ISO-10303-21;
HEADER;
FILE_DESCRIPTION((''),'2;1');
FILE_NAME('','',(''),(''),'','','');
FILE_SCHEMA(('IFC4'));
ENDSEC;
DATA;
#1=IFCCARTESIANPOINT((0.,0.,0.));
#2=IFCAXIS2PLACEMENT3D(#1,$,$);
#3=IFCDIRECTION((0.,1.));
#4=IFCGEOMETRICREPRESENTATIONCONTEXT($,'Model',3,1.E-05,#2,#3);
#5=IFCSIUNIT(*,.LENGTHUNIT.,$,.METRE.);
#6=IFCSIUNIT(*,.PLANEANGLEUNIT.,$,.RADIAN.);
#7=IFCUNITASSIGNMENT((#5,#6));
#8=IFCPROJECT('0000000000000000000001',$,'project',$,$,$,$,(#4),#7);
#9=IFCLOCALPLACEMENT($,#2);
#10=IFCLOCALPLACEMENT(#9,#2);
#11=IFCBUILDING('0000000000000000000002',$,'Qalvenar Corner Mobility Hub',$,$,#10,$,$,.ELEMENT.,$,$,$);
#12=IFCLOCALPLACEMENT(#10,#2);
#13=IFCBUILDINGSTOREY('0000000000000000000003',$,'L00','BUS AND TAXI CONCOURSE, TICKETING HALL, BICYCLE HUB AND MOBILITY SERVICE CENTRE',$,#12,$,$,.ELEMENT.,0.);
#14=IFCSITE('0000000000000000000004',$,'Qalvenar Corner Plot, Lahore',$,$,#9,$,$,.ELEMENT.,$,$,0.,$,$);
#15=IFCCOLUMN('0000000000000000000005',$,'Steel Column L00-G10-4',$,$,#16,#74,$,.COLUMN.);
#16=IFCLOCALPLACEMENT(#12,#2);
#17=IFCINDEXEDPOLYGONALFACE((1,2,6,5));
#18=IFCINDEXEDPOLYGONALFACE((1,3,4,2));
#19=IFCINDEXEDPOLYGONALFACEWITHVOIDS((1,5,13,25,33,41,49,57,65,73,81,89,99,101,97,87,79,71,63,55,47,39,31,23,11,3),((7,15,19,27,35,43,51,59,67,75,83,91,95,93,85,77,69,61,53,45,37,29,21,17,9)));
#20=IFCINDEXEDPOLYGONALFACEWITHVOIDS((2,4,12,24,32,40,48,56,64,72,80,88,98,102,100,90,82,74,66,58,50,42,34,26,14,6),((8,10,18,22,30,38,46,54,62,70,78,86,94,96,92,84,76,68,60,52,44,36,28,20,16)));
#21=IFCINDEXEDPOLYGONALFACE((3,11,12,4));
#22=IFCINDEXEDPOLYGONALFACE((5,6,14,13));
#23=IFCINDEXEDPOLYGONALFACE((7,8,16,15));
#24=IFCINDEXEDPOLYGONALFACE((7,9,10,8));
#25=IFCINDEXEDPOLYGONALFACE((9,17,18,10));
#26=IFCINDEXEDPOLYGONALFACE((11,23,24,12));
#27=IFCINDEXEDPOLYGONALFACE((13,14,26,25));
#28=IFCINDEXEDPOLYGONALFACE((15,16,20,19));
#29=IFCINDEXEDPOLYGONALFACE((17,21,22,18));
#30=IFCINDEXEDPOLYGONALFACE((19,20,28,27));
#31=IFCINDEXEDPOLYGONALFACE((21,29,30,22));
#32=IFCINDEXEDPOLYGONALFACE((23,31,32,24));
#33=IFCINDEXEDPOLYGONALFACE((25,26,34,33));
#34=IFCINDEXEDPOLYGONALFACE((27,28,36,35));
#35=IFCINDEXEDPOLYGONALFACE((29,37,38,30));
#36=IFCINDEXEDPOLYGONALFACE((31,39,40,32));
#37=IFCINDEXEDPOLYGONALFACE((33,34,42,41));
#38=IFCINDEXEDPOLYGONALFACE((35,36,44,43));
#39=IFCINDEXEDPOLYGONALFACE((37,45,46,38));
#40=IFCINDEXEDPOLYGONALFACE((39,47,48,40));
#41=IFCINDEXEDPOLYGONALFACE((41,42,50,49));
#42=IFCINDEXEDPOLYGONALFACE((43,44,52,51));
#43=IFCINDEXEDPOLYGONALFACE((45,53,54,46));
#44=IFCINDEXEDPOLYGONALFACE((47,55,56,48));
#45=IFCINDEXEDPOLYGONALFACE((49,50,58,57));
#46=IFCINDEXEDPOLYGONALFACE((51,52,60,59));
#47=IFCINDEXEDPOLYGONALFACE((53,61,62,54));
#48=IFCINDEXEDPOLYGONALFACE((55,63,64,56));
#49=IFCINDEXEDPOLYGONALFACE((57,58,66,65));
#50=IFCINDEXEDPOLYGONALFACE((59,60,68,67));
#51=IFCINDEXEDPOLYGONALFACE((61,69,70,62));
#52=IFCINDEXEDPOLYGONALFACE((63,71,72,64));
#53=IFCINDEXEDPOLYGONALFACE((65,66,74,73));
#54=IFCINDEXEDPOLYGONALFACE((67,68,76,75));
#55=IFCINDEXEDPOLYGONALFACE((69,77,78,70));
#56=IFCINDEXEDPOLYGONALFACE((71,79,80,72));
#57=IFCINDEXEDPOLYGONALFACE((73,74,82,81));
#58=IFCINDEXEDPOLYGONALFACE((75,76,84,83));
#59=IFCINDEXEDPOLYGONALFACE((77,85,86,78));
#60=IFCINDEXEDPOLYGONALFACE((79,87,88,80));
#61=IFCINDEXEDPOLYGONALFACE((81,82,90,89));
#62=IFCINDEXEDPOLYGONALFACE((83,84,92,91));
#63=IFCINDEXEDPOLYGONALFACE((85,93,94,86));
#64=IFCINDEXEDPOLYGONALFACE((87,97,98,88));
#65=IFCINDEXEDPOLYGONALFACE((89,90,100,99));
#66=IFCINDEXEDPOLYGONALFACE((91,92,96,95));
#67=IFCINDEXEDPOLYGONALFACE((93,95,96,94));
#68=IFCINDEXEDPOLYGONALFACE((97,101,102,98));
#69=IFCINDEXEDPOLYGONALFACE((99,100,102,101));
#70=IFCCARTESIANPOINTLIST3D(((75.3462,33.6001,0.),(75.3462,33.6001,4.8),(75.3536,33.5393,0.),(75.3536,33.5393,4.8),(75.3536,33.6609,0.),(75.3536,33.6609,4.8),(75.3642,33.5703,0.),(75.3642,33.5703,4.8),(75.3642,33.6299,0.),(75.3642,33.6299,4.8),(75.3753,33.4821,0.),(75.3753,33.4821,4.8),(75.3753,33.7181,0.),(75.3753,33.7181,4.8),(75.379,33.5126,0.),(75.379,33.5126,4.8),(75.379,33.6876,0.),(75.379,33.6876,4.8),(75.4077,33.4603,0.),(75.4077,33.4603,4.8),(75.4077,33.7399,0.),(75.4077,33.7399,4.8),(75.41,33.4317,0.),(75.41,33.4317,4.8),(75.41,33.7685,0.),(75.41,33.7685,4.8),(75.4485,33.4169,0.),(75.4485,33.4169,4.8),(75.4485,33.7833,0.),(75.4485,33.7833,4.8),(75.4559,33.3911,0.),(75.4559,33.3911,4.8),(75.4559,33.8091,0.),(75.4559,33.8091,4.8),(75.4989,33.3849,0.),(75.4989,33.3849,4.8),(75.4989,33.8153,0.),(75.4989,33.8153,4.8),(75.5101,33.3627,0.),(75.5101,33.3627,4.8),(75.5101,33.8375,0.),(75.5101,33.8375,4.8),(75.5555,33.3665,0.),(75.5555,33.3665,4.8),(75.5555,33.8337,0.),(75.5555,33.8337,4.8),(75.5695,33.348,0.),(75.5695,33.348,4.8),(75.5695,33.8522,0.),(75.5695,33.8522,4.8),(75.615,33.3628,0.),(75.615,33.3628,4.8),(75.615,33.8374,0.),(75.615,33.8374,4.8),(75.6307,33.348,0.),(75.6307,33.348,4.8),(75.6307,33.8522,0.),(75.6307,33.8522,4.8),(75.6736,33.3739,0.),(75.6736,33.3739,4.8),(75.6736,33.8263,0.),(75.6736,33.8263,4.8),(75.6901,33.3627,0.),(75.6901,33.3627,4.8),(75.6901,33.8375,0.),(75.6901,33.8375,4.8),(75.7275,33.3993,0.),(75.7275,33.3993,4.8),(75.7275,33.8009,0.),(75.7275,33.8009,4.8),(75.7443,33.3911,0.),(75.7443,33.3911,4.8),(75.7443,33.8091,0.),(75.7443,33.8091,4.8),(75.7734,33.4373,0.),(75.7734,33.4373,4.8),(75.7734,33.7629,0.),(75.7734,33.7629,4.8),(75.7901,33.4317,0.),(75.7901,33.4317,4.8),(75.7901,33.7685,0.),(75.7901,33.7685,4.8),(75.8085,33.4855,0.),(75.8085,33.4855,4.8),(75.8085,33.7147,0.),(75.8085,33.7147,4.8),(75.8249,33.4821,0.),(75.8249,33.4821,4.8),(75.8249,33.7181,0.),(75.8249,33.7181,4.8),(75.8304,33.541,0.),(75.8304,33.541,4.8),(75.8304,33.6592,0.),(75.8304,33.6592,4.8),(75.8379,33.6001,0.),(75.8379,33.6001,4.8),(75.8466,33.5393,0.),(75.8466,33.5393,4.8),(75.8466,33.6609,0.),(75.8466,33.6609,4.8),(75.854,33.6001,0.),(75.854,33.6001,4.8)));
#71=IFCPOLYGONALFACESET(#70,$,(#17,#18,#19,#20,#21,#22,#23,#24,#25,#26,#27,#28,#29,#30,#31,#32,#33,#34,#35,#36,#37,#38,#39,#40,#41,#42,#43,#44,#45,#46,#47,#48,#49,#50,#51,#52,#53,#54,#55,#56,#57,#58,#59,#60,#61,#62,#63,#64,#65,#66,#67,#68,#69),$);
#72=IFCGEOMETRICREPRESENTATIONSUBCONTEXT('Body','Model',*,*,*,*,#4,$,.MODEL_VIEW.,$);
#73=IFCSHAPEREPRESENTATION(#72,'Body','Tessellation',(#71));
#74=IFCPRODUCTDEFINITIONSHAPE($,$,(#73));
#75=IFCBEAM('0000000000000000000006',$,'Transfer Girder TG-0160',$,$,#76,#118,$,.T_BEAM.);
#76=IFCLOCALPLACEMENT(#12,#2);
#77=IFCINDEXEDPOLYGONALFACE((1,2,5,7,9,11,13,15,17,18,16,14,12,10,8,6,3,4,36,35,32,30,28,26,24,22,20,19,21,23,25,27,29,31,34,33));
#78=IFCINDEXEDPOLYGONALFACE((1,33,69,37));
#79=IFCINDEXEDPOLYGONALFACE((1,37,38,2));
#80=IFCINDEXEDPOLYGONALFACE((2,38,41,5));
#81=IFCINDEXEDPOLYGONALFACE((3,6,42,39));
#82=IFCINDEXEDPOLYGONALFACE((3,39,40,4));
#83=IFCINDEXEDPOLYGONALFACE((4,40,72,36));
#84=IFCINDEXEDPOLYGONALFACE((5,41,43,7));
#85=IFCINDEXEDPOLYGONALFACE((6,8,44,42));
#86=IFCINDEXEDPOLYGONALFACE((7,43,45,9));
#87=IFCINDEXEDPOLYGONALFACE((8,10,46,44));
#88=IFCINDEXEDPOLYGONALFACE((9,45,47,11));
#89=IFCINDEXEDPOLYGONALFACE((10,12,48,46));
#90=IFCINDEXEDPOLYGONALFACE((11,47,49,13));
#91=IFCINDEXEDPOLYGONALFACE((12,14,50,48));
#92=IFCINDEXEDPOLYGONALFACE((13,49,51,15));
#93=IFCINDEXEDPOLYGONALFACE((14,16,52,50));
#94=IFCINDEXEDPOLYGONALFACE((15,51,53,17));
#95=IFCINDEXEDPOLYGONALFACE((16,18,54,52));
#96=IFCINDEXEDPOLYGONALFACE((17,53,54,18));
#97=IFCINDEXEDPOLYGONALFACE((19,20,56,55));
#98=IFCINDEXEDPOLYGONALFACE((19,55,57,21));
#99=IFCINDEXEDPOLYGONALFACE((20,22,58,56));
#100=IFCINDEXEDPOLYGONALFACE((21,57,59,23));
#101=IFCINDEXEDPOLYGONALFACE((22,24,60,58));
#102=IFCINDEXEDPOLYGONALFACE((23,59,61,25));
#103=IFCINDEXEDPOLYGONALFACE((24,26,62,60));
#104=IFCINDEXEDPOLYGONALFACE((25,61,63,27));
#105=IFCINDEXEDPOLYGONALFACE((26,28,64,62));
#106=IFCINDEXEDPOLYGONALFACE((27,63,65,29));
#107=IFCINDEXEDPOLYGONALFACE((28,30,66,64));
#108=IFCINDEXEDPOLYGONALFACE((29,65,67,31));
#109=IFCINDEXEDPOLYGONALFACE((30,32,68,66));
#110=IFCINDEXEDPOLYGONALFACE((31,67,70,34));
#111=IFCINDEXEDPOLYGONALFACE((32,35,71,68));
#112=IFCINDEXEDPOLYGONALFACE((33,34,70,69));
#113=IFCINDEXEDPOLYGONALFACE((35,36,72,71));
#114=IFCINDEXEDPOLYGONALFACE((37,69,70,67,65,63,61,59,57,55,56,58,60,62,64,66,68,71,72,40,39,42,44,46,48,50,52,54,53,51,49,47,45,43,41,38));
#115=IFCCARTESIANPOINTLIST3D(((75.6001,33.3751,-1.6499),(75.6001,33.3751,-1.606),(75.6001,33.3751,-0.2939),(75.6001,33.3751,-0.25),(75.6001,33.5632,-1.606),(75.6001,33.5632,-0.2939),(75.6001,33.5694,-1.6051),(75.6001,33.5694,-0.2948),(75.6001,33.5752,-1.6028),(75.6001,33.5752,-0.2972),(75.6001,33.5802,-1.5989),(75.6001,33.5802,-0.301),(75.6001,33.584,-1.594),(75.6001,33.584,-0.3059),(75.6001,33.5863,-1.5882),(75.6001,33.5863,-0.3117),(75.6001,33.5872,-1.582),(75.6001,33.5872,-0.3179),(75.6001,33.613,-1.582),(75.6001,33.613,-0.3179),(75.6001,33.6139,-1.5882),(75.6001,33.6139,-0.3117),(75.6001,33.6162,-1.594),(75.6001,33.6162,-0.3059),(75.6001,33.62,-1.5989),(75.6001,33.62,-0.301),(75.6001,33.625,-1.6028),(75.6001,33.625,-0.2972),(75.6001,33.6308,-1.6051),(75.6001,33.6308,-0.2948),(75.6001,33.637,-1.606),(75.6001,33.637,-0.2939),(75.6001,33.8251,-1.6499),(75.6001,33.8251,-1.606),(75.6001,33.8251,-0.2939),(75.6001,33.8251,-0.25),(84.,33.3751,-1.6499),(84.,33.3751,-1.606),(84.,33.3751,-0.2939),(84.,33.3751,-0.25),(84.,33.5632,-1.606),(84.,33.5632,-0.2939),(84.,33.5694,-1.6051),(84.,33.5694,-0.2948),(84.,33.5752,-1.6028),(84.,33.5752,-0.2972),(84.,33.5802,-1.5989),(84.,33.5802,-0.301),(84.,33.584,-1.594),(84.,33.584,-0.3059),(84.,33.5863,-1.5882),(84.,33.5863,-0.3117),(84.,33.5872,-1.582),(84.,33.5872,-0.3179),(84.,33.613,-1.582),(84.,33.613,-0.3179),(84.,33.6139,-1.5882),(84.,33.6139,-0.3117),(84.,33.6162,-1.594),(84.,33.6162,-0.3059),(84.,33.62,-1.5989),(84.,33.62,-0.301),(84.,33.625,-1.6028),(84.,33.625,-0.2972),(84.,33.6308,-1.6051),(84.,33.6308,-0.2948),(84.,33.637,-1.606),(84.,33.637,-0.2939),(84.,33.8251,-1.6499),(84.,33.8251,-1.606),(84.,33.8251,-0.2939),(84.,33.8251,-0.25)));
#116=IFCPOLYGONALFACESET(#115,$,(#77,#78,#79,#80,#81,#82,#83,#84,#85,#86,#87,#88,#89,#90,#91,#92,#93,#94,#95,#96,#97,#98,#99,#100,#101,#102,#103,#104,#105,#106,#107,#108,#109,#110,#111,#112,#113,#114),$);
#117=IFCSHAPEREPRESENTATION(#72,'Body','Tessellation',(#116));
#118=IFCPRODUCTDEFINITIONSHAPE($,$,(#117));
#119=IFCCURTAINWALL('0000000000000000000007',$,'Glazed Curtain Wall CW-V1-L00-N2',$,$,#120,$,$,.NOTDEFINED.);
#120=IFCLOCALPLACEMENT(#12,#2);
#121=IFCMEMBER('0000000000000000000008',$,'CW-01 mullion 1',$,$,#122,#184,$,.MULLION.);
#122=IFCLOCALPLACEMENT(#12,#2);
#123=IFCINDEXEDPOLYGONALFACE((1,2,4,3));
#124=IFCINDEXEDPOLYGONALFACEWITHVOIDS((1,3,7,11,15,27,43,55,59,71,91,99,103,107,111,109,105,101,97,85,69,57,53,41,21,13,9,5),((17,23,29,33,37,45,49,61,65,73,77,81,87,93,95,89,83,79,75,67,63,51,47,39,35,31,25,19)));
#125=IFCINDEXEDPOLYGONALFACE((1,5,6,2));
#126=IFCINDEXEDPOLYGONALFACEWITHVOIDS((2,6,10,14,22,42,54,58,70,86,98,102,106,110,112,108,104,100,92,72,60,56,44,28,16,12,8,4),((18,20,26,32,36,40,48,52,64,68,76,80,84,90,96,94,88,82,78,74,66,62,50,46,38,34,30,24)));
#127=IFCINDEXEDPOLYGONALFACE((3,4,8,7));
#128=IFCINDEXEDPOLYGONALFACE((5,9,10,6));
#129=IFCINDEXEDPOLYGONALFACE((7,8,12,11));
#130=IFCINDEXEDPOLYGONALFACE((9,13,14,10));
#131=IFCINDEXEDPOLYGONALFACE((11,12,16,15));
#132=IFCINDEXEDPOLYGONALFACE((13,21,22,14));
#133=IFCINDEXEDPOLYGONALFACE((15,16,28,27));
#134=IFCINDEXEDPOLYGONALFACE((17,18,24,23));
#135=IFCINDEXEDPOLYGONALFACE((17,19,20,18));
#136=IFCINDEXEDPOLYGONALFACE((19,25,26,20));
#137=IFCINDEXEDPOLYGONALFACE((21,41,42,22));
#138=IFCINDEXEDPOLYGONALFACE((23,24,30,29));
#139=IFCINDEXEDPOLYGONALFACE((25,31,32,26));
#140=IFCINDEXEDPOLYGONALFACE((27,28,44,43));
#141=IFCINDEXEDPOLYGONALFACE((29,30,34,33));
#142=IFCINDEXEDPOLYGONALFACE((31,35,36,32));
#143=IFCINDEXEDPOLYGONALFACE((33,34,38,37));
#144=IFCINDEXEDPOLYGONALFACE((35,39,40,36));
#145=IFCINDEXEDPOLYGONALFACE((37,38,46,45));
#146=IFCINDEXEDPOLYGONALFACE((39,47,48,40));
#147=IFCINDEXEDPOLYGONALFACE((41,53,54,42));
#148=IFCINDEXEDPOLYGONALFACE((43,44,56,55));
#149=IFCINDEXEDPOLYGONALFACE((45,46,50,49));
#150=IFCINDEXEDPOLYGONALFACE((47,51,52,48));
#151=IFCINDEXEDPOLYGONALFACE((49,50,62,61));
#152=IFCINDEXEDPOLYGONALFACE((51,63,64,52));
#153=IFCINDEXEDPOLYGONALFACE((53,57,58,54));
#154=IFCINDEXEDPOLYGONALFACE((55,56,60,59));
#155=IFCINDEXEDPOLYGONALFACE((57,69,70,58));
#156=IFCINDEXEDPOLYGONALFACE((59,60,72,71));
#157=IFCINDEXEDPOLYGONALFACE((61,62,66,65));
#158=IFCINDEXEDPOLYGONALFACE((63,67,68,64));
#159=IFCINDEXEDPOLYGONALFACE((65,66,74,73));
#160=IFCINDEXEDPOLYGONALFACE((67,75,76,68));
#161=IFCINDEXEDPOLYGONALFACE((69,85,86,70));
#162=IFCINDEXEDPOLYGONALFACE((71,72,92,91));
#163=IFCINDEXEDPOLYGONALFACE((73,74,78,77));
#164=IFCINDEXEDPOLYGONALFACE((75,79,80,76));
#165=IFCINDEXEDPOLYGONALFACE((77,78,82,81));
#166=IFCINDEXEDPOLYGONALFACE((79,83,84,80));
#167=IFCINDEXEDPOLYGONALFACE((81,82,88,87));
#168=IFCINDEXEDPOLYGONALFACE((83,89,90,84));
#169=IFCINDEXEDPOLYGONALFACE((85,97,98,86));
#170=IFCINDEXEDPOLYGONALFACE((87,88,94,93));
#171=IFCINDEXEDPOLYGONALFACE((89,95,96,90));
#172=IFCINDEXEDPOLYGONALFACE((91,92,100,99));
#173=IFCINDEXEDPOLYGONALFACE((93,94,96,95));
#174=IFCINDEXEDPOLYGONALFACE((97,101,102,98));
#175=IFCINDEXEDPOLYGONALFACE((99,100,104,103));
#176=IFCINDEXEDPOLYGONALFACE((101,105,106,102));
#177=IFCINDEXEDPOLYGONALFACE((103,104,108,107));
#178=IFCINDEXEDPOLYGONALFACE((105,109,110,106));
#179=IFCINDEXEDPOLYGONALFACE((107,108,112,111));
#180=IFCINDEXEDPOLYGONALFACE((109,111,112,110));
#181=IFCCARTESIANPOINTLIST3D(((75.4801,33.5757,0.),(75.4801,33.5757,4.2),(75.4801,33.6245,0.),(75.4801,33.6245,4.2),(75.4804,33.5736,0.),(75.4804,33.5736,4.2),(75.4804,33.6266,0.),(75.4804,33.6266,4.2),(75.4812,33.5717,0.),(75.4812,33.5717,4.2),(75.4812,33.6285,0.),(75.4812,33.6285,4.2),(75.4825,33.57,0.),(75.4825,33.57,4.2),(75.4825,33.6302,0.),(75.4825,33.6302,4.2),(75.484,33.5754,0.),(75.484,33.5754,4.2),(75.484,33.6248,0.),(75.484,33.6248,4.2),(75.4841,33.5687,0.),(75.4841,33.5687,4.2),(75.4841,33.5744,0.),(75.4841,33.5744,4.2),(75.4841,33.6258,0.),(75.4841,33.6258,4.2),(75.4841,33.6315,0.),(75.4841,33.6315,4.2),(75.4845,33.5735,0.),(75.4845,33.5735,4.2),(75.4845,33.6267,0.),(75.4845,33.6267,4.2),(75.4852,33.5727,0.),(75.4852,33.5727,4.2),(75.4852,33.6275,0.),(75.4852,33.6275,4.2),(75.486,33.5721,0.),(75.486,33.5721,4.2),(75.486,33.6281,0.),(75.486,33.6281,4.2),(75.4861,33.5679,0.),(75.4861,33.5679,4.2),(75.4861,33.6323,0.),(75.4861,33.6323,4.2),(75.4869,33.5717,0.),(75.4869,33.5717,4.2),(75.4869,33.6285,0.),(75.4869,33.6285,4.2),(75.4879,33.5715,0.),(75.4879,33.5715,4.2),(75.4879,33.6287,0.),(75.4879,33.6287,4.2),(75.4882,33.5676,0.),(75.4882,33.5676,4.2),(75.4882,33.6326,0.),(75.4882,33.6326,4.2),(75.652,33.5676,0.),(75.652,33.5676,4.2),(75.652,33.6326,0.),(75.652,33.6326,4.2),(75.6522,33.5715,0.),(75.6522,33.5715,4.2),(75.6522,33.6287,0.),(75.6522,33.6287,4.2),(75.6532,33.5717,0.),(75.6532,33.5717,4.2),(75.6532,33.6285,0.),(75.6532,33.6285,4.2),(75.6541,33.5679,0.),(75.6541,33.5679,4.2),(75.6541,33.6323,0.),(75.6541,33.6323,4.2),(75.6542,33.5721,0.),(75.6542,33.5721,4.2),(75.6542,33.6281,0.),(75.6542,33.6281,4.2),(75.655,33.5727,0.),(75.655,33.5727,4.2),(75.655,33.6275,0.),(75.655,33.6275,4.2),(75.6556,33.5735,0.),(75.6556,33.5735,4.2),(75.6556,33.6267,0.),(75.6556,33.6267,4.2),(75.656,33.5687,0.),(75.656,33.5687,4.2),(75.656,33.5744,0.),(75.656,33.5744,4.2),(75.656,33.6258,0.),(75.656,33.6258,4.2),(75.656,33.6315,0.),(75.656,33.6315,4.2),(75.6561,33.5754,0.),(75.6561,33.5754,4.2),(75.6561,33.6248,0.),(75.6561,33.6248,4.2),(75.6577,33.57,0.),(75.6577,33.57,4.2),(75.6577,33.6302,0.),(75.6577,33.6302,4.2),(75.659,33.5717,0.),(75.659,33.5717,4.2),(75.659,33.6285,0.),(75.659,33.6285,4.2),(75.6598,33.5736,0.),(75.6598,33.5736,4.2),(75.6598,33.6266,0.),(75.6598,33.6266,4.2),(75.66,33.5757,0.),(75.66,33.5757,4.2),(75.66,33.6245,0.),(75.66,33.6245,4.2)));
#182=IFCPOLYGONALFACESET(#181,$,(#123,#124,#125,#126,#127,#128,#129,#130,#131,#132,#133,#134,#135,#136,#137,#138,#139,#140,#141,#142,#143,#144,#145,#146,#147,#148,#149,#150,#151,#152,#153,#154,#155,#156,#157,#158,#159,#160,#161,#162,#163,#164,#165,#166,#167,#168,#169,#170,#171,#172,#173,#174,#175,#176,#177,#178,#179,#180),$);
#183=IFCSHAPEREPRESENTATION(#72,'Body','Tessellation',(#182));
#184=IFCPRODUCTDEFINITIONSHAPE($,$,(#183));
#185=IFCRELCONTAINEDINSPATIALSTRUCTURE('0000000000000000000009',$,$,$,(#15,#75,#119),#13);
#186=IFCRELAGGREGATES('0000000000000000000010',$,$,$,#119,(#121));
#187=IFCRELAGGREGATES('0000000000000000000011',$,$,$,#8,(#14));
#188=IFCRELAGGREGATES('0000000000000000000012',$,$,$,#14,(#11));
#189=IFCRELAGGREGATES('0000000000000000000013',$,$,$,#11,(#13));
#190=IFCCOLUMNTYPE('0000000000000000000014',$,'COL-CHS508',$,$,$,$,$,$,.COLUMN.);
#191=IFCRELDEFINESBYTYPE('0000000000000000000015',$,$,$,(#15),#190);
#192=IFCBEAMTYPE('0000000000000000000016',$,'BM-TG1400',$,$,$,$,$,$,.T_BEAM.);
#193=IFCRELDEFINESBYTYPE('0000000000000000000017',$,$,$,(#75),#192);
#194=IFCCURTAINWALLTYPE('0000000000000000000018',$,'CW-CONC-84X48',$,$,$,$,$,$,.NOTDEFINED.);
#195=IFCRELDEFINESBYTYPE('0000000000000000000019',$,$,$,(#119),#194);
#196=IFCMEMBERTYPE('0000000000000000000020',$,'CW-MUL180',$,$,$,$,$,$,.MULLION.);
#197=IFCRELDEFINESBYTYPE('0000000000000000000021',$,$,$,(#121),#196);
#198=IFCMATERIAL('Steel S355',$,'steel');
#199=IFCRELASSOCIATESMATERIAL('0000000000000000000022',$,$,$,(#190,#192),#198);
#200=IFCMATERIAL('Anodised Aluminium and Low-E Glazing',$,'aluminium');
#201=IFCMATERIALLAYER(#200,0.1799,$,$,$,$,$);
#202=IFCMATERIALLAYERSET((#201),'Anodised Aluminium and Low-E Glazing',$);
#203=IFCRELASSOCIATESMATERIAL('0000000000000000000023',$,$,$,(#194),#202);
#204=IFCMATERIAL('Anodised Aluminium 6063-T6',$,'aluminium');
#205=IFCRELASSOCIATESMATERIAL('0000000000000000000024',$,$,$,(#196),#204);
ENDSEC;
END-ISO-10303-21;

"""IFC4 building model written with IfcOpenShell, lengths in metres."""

from ifc_helpers import new_model, si_unit, direction, frame, origin, origin_2d, place, context, subcontext, project, spatial, hollow_rectangle, hollow_circle, i_section, extrude, material, layer, layer_set, material_profile, profile_set, type_object, element, aggregate, save


model = new_model("IFC4")

# Units and contexts
model_context = context("Model", 3, precision=1e-05, world=origin(), true_north=direction((0.0, 1.0)))
body_context = subcontext(model_context, "Body", "Model", "MODEL_VIEW")
ifc_project = project(units=[si_unit("LENGTHUNIT", "METRE"), si_unit("PLANEANGLEUNIT", "RADIAN")], contexts=[model_context])

# Site, building, storey
site_placement = place(None, origin())
site = spatial("IfcSite", under=ifc_project, at=site_placement, Name="Qalvenar Corner Plot, Lahore", CompositionType="ELEMENT", RefElevation=0.0)
building_placement = place(site_placement, origin())
building = spatial("IfcBuilding", under=site, at=building_placement, Name="Qalvenar Corner Mobility Hub", CompositionType="ELEMENT")
storey_placement = place(building_placement, origin())
storey = spatial("IfcBuildingStorey", under=building, at=storey_placement, Name="L00", Description="BUS AND TAXI CONCOURSE, TICKETING HALL, BICYCLE HUB AND MOBILITY SERVICE CENTRE", CompositionType="ELEMENT", Elevation=0.0)

# Column
ifc_material_1 = material(Name="Steel S355", Category="steel")
ifc_material_profile_1 = material_profile(ifc_material_1, hollow_circle(Radius=0.2539, WallThickness=0.0161, at=origin_2d()), Name="CHS508x16")
ifc_profile_set_1 = profile_set([ifc_material_profile_1], Name="Steel S355")
column_type = type_object("IfcColumnType", Name="COL-CHS508", PredefinedType="COLUMN", material=ifc_profile_set_1)
column_placement = place(storey_placement, frame((75.6001, 33.6001, 0.0), z_axis=(0.0, 0.0, 1.0), x_axis=(1.0, 0.0, 0.0)))
element("IfcColumn", 1, at=column_placement, inside=storey, type_object=column_type, Name="Steel Column L00-G10-4", PredefinedType="COLUMN", context=body_context, shape_type="SweptSolid", body=[
    extrude(hollow_circle(Radius=0.2539, WallThickness=0.0161, at=origin_2d()), origin(), (0.0, 0.0, 1.0), 4.8),
])

# Beam
ifc_material_profile_2 = material_profile(ifc_material_1, i_section(OverallWidth=0.45, OverallDepth=1.3999, WebThickness=0.0259, FlangeThickness=0.0439, FilletRadius=0.0239, at=origin_2d()), Name="W1100x499-TG1400")
ifc_profile_set_2 = profile_set([ifc_material_profile_2], Name="Steel S355")
beam_type = type_object("IfcBeamType", Name="BM-TG1400", PredefinedType="T_BEAM", material=ifc_profile_set_2)
beam_placement = place(storey_placement, frame((75.6001, 33.6001, -0.95), z_axis=(1.0, 0.0, 0.0), x_axis=(0.0, 1.0, 0.0)))
element("IfcBeam", 2, at=beam_placement, inside=storey, type_object=beam_type, Name="Transfer Girder TG-0160", PredefinedType="T_BEAM", context=body_context, shape_type="SweptSolid", body=[
    extrude(i_section(OverallWidth=0.45, OverallDepth=1.3999, WebThickness=0.0259, FlangeThickness=0.0439, FilletRadius=0.0239, at=origin_2d()), origin(), (0.0, 0.0, 1.0), 8.3999),
])

# Curtain wall, member
ifc_material_2 = material(Name="Anodised Aluminium and Low-E Glazing", Category="aluminium")
ifc_layer_1 = layer(ifc_material_2, 0.1799)
ifc_layer_set_1 = layer_set([ifc_layer_1], Name="Anodised Aluminium and Low-E Glazing")
curtain_wall_type = type_object("IfcCurtainWallType", Name="CW-CONC-84X48", PredefinedType="NOTDEFINED", material=ifc_layer_set_1)
curtain_wall_placement = place(storey_placement, origin())
curtain_wall = element("IfcCurtainWall", 3, at=curtain_wall_placement, inside=storey, type_object=curtain_wall_type, Name="Glazed Curtain Wall CW-V1-L00-N2", PredefinedType="NOTDEFINED")
ifc_material_3 = material(Name="Anodised Aluminium 6063-T6", Category="aluminium")
ifc_material_profile_3 = material_profile(ifc_material_3, hollow_rectangle(XDim=0.0649, YDim=0.1799, WallThickness=0.0039, InnerFilletRadius=0.0039, OuterFilletRadius=0.0081, at=origin_2d()), Name="RHS180x65x4")
ifc_profile_set_3 = profile_set([ifc_material_profile_3], Name="Anodised Aluminium 6063-T6")
member_type_1 = type_object("IfcMemberType", Name="CW-MUL180", PredefinedType="MULLION", material=ifc_profile_set_3)
member_1_placement = place(storey_placement, frame((75.5701, 33.6001, 0.0), z_axis=(0.0, 0.0, 1.0), x_axis=(0.0, -1.0, 0.0)))
member_1 = element("IfcMember", 4, at=member_1_placement, type_object=member_type_1, Name="CW-01 mullion 1", PredefinedType="MULLION", context=body_context, shape_type="SweptSolid", body=[
    extrude(hollow_rectangle(XDim=0.0649, YDim=0.1799, WallThickness=0.0039, InnerFilletRadius=0.0039, OuterFilletRadius=0.0081, at=origin_2d()), origin(), (0.0, 0.0, 1.0), 4.2),
])
aggregate(curtain_wall, [member_1])

save(model, "model.ifc")
